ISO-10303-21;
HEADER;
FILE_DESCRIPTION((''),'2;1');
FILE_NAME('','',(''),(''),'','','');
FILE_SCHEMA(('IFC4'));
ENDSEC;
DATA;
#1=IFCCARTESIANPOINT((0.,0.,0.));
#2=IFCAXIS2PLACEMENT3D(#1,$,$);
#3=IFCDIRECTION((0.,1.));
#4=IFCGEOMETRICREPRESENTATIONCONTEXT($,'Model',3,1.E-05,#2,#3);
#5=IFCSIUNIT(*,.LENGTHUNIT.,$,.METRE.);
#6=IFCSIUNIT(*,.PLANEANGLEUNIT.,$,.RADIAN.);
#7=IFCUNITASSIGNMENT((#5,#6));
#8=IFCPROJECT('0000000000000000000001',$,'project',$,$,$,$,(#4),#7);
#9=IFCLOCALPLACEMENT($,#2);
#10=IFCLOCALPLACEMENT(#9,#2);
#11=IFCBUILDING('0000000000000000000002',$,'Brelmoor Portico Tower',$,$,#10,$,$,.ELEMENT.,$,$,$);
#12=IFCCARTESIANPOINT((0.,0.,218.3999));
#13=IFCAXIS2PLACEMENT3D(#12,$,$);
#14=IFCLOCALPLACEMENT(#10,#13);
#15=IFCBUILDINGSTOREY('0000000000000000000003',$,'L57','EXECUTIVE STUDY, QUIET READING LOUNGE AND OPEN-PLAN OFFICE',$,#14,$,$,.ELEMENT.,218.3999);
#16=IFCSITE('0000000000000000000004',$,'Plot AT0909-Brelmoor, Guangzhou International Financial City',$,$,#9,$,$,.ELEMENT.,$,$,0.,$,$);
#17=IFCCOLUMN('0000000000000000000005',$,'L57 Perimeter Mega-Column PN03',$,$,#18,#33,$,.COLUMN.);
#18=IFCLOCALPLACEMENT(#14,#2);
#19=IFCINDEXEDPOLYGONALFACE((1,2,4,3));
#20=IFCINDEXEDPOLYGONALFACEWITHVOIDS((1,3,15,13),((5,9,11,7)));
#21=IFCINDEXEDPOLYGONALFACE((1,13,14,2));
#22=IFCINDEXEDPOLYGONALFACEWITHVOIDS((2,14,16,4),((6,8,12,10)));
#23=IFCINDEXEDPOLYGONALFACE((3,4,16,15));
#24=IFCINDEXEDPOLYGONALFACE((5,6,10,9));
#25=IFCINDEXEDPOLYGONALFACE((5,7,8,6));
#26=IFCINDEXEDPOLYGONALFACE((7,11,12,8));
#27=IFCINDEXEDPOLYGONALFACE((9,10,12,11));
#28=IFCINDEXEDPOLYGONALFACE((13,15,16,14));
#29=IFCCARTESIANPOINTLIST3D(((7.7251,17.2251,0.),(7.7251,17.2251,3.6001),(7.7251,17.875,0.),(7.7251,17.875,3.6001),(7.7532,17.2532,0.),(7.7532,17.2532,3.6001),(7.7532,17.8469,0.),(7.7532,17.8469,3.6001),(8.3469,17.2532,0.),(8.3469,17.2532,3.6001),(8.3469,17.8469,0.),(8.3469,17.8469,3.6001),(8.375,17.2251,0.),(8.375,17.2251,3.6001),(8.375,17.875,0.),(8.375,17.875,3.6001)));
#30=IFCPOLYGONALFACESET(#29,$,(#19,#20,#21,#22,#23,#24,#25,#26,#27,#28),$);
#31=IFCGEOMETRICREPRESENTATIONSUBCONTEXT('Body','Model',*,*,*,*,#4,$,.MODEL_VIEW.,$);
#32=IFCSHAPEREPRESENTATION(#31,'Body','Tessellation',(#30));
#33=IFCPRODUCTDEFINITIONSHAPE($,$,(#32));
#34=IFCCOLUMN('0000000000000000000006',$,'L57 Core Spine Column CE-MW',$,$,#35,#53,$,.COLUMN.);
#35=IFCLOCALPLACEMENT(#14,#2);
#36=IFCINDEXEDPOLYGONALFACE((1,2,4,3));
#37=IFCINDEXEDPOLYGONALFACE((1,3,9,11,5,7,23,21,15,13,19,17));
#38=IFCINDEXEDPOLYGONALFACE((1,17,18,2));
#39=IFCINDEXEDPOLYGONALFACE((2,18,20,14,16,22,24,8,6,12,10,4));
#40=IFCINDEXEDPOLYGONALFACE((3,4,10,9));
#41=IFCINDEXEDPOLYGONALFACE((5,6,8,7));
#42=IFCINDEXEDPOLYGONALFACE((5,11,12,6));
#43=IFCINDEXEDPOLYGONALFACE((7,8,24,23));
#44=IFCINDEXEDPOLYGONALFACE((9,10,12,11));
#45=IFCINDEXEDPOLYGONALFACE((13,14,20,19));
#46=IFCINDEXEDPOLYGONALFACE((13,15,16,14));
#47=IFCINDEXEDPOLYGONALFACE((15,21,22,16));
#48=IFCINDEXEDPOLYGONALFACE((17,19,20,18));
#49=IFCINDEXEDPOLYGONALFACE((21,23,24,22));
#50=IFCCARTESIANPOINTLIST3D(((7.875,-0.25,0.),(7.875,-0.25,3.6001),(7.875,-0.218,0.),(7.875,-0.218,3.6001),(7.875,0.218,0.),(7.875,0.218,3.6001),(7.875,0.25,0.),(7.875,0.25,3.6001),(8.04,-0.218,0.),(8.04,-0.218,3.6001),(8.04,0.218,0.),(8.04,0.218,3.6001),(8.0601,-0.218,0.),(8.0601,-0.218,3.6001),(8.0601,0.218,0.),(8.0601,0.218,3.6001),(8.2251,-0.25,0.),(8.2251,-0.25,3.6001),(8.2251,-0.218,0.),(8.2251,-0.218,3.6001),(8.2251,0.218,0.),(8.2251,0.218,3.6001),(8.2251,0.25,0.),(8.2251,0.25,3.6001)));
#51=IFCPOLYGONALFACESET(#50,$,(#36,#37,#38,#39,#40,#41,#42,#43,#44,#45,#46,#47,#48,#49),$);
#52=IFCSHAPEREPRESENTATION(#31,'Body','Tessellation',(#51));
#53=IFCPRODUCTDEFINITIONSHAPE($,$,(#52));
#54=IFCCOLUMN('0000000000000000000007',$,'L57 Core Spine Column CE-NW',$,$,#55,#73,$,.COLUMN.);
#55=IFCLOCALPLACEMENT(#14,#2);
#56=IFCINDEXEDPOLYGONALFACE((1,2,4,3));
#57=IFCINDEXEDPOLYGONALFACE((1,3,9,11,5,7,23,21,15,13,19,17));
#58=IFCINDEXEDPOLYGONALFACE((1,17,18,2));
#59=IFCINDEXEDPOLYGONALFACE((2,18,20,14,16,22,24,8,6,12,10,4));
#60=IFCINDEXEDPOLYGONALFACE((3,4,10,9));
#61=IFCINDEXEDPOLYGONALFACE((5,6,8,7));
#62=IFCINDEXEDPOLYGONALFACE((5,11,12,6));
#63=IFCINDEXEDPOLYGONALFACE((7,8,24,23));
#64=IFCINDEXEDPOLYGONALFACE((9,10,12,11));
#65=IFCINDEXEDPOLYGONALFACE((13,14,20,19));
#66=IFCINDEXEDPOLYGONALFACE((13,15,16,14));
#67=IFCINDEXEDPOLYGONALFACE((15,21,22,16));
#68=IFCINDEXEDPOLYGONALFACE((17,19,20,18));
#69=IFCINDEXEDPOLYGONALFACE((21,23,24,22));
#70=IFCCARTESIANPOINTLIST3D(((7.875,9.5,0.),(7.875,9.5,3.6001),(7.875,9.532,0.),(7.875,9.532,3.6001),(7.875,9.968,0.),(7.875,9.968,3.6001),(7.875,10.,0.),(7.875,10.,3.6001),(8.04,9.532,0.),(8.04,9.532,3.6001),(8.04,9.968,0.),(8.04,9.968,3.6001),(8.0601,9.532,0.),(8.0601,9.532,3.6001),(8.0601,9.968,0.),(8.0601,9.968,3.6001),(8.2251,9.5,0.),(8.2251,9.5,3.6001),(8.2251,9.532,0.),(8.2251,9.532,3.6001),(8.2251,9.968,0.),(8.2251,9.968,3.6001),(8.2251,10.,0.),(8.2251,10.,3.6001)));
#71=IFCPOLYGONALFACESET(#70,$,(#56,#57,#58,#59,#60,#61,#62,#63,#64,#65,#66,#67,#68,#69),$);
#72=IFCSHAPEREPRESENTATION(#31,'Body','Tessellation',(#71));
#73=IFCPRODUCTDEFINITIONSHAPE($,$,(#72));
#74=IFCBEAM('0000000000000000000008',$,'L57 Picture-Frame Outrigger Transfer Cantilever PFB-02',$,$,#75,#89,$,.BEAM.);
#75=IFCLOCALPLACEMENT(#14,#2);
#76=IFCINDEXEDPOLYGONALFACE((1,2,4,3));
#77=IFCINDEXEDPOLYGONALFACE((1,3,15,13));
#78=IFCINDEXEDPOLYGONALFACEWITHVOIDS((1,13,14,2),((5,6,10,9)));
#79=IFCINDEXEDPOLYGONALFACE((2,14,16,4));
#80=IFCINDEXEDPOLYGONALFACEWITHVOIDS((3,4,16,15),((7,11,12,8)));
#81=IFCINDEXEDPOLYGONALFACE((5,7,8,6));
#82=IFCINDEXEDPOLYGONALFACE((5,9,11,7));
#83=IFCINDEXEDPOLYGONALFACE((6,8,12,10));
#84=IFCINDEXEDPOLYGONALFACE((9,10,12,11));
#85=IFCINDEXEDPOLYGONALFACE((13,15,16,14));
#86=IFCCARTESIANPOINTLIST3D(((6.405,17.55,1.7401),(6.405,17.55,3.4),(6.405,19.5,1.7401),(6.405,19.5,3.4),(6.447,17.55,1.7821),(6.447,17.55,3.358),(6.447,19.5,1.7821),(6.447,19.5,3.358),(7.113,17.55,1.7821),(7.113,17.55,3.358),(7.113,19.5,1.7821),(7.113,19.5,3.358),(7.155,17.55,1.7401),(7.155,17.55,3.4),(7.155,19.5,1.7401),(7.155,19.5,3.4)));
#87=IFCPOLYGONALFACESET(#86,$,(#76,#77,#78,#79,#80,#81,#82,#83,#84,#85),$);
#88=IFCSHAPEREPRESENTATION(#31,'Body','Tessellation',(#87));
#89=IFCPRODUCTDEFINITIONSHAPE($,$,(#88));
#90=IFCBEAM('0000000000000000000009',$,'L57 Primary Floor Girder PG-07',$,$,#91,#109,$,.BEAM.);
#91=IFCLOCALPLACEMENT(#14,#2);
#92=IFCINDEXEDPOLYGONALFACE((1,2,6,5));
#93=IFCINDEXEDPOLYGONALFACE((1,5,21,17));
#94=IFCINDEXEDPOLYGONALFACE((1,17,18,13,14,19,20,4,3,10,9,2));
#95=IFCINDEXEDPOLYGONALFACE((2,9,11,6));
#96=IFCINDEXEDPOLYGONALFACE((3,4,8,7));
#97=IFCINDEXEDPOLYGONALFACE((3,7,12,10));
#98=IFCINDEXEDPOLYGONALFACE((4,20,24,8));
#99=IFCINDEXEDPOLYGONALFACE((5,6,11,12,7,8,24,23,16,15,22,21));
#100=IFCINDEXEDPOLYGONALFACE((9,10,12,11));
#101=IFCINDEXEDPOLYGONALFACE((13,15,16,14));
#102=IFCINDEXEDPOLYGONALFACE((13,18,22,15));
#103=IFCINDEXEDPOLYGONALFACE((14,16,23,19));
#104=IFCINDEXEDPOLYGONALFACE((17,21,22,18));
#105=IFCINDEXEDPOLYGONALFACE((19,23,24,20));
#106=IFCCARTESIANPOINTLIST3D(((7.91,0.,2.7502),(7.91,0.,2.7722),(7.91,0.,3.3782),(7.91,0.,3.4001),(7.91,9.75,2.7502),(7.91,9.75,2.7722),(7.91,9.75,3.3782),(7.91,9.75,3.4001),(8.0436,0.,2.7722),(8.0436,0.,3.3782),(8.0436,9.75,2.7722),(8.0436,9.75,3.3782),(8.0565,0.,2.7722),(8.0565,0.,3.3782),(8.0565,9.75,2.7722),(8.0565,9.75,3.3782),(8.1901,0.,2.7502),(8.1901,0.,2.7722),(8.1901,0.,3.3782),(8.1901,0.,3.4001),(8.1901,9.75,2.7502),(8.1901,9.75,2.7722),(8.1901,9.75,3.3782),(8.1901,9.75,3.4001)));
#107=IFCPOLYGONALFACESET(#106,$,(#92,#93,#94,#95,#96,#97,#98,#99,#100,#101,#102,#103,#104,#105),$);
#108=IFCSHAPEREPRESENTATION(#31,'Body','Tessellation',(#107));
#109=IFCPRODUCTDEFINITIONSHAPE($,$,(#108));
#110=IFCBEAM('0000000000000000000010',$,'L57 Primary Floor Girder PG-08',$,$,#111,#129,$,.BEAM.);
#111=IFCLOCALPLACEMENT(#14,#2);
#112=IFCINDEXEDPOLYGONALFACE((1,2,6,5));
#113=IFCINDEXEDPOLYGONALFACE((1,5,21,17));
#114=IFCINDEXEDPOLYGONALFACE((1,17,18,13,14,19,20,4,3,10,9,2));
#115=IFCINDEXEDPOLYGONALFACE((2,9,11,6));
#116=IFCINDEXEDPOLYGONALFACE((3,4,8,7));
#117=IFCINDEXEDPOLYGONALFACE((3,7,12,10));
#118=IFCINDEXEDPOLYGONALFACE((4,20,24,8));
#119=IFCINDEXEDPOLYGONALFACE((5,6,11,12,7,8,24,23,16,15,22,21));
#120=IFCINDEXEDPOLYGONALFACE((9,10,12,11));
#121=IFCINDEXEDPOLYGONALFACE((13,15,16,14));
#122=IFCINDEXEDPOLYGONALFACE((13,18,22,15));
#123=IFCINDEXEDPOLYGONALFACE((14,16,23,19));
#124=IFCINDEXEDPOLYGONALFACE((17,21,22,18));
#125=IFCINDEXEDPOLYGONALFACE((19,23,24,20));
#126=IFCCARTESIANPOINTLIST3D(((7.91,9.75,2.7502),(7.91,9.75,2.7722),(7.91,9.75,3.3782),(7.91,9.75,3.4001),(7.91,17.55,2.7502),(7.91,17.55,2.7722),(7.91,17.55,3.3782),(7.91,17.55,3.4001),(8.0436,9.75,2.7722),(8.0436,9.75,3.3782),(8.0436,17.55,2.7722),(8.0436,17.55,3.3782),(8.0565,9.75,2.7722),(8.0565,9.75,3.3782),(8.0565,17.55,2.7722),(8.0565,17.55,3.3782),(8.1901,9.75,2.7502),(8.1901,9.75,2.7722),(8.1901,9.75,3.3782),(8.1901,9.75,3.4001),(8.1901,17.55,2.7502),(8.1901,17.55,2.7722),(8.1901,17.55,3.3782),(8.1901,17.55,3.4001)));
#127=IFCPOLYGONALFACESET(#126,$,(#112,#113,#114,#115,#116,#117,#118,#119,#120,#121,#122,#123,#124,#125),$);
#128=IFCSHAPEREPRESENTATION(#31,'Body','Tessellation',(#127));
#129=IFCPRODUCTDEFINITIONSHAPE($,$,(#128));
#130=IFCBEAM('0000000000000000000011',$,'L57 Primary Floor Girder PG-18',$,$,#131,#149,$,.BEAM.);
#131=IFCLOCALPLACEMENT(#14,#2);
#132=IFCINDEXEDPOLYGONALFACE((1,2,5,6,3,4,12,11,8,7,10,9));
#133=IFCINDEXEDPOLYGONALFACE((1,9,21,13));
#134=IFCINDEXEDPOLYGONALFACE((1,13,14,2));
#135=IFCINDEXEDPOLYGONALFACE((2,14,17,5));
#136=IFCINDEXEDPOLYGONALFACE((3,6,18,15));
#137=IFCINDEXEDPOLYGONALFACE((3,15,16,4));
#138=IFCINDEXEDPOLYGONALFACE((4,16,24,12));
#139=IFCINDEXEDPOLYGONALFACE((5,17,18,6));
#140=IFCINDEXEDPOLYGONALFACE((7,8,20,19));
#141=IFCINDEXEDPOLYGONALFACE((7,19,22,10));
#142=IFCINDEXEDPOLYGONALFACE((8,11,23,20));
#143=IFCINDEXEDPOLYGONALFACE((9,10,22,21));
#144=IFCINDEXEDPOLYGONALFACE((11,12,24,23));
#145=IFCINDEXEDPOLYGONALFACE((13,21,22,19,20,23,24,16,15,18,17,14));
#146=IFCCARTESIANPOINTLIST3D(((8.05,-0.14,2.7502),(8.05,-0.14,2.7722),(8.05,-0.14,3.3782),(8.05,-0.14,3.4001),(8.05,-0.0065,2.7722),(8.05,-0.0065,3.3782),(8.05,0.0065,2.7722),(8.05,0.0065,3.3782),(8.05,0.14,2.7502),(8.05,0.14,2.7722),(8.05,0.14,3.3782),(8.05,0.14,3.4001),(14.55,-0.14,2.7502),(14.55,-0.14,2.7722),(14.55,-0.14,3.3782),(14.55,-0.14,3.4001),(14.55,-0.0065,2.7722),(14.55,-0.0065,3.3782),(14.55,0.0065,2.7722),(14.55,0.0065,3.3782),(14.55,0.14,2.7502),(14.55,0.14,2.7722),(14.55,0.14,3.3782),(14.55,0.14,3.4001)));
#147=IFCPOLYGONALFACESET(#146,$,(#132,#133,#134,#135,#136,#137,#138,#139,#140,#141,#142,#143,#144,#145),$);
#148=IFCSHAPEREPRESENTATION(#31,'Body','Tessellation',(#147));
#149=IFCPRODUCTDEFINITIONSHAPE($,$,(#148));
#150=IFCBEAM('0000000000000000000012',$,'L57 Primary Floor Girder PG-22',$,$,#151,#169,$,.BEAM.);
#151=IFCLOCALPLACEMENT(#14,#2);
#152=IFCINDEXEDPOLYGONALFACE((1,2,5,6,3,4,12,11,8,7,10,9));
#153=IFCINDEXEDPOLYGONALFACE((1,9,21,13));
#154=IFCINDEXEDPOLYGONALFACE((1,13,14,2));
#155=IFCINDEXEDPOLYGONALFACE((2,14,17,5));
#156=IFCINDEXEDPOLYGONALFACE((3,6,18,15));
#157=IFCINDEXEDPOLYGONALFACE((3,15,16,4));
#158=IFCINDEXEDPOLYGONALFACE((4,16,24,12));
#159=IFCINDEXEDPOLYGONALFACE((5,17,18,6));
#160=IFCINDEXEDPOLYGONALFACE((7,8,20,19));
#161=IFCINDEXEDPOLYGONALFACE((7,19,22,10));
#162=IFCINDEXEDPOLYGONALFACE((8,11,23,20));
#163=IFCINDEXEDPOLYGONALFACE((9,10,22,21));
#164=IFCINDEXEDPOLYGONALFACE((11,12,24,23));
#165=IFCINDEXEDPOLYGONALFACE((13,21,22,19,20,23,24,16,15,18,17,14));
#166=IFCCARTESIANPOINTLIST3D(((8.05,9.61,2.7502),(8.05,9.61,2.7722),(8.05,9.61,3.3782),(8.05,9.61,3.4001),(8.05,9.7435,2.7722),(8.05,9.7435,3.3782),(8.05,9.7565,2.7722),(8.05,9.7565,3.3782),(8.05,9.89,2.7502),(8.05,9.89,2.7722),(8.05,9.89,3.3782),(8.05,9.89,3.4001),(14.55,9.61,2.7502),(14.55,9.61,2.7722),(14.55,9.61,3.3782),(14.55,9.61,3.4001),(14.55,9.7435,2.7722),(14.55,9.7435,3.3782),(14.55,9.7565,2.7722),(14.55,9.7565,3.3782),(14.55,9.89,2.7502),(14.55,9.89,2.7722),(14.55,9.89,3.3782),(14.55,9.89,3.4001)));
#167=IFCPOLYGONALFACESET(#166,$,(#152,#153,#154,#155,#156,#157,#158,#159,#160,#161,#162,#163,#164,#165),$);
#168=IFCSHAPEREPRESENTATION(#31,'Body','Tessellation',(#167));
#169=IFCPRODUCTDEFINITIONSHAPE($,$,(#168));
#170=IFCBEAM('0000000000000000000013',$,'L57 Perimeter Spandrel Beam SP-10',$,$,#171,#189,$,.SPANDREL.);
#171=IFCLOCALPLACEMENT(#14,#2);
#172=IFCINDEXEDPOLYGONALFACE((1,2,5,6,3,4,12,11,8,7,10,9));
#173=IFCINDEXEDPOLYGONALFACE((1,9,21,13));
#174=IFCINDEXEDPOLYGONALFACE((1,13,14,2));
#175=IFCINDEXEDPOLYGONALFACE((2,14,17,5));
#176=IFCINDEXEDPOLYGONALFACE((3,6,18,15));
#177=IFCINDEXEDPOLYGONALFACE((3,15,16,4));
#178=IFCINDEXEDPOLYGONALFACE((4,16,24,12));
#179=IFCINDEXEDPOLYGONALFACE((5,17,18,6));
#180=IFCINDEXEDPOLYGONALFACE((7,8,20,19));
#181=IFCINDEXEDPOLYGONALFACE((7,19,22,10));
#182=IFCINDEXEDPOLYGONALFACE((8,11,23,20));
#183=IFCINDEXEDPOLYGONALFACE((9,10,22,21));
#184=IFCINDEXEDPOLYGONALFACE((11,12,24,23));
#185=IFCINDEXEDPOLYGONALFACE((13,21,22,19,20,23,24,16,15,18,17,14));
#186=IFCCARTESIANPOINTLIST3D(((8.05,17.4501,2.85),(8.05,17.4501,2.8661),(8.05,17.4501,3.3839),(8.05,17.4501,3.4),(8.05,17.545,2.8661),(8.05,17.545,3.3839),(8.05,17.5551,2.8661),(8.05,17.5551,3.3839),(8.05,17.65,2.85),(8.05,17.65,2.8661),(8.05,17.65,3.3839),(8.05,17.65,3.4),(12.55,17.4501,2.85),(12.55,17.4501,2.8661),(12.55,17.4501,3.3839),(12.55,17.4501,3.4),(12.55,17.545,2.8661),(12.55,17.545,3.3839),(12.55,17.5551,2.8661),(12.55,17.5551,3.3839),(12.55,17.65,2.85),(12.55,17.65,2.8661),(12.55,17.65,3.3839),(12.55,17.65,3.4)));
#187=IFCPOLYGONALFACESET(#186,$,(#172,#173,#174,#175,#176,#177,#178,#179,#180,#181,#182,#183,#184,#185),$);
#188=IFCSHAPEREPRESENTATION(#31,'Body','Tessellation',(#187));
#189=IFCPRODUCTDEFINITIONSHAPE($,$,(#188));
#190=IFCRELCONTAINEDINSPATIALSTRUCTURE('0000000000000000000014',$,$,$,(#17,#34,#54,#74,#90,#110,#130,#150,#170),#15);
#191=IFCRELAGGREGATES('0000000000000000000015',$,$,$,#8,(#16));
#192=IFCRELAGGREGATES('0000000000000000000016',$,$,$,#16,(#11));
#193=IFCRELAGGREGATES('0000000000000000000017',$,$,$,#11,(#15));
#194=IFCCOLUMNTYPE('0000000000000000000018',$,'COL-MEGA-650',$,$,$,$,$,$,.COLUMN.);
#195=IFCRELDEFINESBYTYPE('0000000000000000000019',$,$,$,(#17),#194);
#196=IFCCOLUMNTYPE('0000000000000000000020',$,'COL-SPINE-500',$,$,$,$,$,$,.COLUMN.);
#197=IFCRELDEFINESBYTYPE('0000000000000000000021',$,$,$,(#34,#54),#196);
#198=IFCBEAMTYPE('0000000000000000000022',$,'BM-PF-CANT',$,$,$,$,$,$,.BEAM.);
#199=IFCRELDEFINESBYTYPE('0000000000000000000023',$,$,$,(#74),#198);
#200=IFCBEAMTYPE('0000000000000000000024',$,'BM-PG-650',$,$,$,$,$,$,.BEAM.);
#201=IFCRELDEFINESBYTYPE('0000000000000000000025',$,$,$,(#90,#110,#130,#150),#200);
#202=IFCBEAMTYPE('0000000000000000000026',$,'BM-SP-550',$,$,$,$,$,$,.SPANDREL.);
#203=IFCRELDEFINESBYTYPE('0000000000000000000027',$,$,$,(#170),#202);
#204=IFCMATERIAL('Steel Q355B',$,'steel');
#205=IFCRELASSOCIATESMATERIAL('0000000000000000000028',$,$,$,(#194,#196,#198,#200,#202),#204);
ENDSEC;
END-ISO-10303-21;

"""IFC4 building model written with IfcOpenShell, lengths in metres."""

from ifc_helpers import new_model, si_unit, direction, frame, origin, origin_2d, place, context, subcontext, project, spatial, hollow_rectangle, i_section, extrude, material, material_profile, profile_set, type_object, element, save


model = new_model("IFC4")

# Units and contexts
model_context = context("Model", 3, precision=1e-05, world=origin(), true_north=direction((0.0, 1.0)))
body_context = subcontext(model_context, "Body", "Model", "MODEL_VIEW")
ifc_project = project(units=[si_unit("LENGTHUNIT", "METRE"), si_unit("PLANEANGLEUNIT", "RADIAN")], contexts=[model_context])

# Site, building, storey
site_placement = place(None, origin())
site = spatial("IfcSite", under=ifc_project, at=site_placement, Name="Plot AT0909-Brelmoor, Guangzhou International Financial City", CompositionType="ELEMENT", RefElevation=0.0)
building_placement = place(site_placement, origin())
building = spatial("IfcBuilding", under=site, at=building_placement, Name="Brelmoor Portico Tower", CompositionType="ELEMENT")
storey_placement = place(building_placement, frame((0.0, 0.0, 218.3999)))
storey = spatial("IfcBuildingStorey", under=building, at=storey_placement, Name="L57", Description="EXECUTIVE STUDY, QUIET READING LOUNGE AND OPEN-PLAN OFFICE", CompositionType="ELEMENT", Elevation=218.3999)

# Columns
ifc_material_1 = material(Name="Steel Q355B", Category="steel")
ifc_material_profile_1 = material_profile(ifc_material_1, hollow_rectangle(XDim=0.6499, YDim=0.6499, WallThickness=0.0281, at=origin_2d()), Name="BOX 650x650x28")
ifc_profile_set_1 = profile_set([ifc_material_profile_1], Name="Steel Q355B")
column_type_1 = type_object("IfcColumnType", Name="COL-MEGA-650", PredefinedType="COLUMN", material=ifc_profile_set_1)
column_placement = place(storey_placement, frame((8.05, 17.55, 0.0), z_axis=(0.0, 0.0, 1.0), x_axis=(1.0, 0.0, 0.0)))
element("IfcColumn", 1, at=column_placement, inside=storey, type_object=column_type_1, Name="L57 Perimeter Mega-Column PN03", PredefinedType="COLUMN", context=body_context, shape_type="SweptSolid", body=[
    extrude(hollow_rectangle(XDim=0.6499, YDim=0.6499, WallThickness=0.0281, at=origin_2d()), origin(), (0.0, 0.0, 1.0), 3.6001),
])
ifc_material_profile_2 = material_profile(ifc_material_1, i_section(OverallWidth=0.3501, OverallDepth=0.5, WebThickness=0.02, FlangeThickness=0.032, at=origin_2d()), Name="HW 500x350x20x32")
ifc_profile_set_2 = profile_set([ifc_material_profile_2], Name="Steel Q355B")
column_type_2 = type_object("IfcColumnType", Name="COL-SPINE-500", PredefinedType="COLUMN", material=ifc_profile_set_2)
for number, where, z_axis, x_axis, name in (
    (2, (8.05, 0.0, 0.0), (0.0, 0.0, 1.0), (1.0, 0.0, 0.0), "L57 Core Spine Column CE-MW"),
    (3, (8.05, 9.75, 0.0), (0.0, 0.0, 1.0), (1.0, 0.0, 0.0), "L57 Core Spine Column CE-NW"),
):
    element("IfcColumn", number, at=place(storey_placement, frame(where, z_axis=z_axis, x_axis=x_axis)), inside=storey, type_object=column_type_2, Name=name, PredefinedType="COLUMN", context=body_context, shape_type="SweptSolid", body=[
        extrude(i_section(OverallWidth=0.3501, OverallDepth=0.5, WebThickness=0.02, FlangeThickness=0.032, at=origin_2d()), origin(), (0.0, 0.0, 1.0), 3.6001),
    ])

# Beams
ifc_material_profile_3 = material_profile(ifc_material_1, hollow_rectangle(XDim=0.75, YDim=1.6599, WallThickness=0.042, at=origin_2d()), Name="BOX 750x1660x42")
ifc_profile_set_3 = profile_set([ifc_material_profile_3], Name="Steel Q355B")
beam_type_1 = type_object("IfcBeamType", Name="BM-PF-CANT", PredefinedType="BEAM", material=ifc_profile_set_3)
beam_1_placement = place(storey_placement, frame((6.78, 17.55, 2.5701), z_axis=(0.0, 1.0, 0.0), x_axis=(-1.0, 0.0, 0.0)))
element("IfcBeam", 4, at=beam_1_placement, inside=storey, type_object=beam_type_1, Name="L57 Picture-Frame Outrigger Transfer Cantilever PFB-02", PredefinedType="BEAM", context=body_context, shape_type="SweptSolid", body=[
    extrude(hollow_rectangle(XDim=0.75, YDim=1.6599, WallThickness=0.042, at=origin_2d()), origin(), (0.0, 0.0, 1.0), 1.95),
])
ifc_material_profile_4 = material_profile(ifc_material_1, i_section(OverallWidth=0.28, OverallDepth=0.6499, WebThickness=0.0129, FlangeThickness=0.022, at=origin_2d()), Name="HN 650x280x13x22")
ifc_profile_set_4 = profile_set([ifc_material_profile_4], Name="Steel Q355B")
beam_type_2 = type_object("IfcBeamType", Name="BM-PG-650", PredefinedType="BEAM", material=ifc_profile_set_4)
beam_2_placement = place(storey_placement, frame((8.05, 0.0, 3.0752), z_axis=(0.0, 1.0, 0.0), x_axis=(-1.0, 0.0, 0.0)))
element("IfcBeam", 5, at=beam_2_placement, inside=storey, type_object=beam_type_2, Name="L57 Primary Floor Girder PG-07", PredefinedType="BEAM", context=body_context, shape_type="SweptSolid", body=[
    extrude(i_section(OverallWidth=0.28, OverallDepth=0.6499, WebThickness=0.0129, FlangeThickness=0.022, at=origin_2d()), origin(), (0.0, 0.0, 1.0), 9.75),
])
beam_3_placement = place(storey_placement, frame((8.05, 9.75, 3.0752), z_axis=(0.0, 1.0, 0.0), x_axis=(-1.0, 0.0, 0.0)))
element("IfcBeam", 6, at=beam_3_placement, inside=storey, type_object=beam_type_2, Name="L57 Primary Floor Girder PG-08", PredefinedType="BEAM", context=body_context, shape_type="SweptSolid", body=[
    extrude(i_section(OverallWidth=0.28, OverallDepth=0.6499, WebThickness=0.0129, FlangeThickness=0.022, at=origin_2d()), origin(), (0.0, 0.0, 1.0), 7.8),
])
for number, where, z_axis, x_axis, name in (
    (7, (8.05, 0.0, 3.0752), (1.0, 0.0, 0.0), (0.0, 1.0, 0.0), "L57 Primary Floor Girder PG-18"),
    (8, (8.05, 9.75, 3.0752), (1.0, 0.0, 0.0), (0.0, 1.0, 0.0), "L57 Primary Floor Girder PG-22"),
):
    element("IfcBeam", number, at=place(storey_placement, frame(where, z_axis=z_axis, x_axis=x_axis)), inside=storey, type_object=beam_type_2, Name=name, PredefinedType="BEAM", context=body_context, shape_type="SweptSolid", body=[
        extrude(i_section(OverallWidth=0.28, OverallDepth=0.6499, WebThickness=0.0129, FlangeThickness=0.022, at=origin_2d()), origin(), (0.0, 0.0, 1.0), 6.5),
    ])
ifc_material_profile_5 = material_profile(ifc_material_1, i_section(OverallWidth=0.2, OverallDepth=0.55, WebThickness=0.01, FlangeThickness=0.0161, at=origin_2d()), Name="HN 550x200x10x16")
ifc_profile_set_5 = profile_set([ifc_material_profile_5], Name="Steel Q355B")
beam_type_3 = type_object("IfcBeamType", Name="BM-SP-550", PredefinedType="SPANDREL", material=ifc_profile_set_5)
beam_4_placement = place(storey_placement, frame((8.05, 17.55, 3.125), z_axis=(1.0, 0.0, 0.0), x_axis=(0.0, 1.0, 0.0)))
element("IfcBeam", 9, at=beam_4_placement, inside=storey, type_object=beam_type_3, Name="L57 Perimeter Spandrel Beam SP-10", PredefinedType="SPANDREL", context=body_context, shape_type="SweptSolid", body=[
    extrude(i_section(OverallWidth=0.2, OverallDepth=0.55, WebThickness=0.01, FlangeThickness=0.0161, at=origin_2d()), origin(), (0.0, 0.0, 1.0), 4.5),
])

save(model, "model.ifc")
